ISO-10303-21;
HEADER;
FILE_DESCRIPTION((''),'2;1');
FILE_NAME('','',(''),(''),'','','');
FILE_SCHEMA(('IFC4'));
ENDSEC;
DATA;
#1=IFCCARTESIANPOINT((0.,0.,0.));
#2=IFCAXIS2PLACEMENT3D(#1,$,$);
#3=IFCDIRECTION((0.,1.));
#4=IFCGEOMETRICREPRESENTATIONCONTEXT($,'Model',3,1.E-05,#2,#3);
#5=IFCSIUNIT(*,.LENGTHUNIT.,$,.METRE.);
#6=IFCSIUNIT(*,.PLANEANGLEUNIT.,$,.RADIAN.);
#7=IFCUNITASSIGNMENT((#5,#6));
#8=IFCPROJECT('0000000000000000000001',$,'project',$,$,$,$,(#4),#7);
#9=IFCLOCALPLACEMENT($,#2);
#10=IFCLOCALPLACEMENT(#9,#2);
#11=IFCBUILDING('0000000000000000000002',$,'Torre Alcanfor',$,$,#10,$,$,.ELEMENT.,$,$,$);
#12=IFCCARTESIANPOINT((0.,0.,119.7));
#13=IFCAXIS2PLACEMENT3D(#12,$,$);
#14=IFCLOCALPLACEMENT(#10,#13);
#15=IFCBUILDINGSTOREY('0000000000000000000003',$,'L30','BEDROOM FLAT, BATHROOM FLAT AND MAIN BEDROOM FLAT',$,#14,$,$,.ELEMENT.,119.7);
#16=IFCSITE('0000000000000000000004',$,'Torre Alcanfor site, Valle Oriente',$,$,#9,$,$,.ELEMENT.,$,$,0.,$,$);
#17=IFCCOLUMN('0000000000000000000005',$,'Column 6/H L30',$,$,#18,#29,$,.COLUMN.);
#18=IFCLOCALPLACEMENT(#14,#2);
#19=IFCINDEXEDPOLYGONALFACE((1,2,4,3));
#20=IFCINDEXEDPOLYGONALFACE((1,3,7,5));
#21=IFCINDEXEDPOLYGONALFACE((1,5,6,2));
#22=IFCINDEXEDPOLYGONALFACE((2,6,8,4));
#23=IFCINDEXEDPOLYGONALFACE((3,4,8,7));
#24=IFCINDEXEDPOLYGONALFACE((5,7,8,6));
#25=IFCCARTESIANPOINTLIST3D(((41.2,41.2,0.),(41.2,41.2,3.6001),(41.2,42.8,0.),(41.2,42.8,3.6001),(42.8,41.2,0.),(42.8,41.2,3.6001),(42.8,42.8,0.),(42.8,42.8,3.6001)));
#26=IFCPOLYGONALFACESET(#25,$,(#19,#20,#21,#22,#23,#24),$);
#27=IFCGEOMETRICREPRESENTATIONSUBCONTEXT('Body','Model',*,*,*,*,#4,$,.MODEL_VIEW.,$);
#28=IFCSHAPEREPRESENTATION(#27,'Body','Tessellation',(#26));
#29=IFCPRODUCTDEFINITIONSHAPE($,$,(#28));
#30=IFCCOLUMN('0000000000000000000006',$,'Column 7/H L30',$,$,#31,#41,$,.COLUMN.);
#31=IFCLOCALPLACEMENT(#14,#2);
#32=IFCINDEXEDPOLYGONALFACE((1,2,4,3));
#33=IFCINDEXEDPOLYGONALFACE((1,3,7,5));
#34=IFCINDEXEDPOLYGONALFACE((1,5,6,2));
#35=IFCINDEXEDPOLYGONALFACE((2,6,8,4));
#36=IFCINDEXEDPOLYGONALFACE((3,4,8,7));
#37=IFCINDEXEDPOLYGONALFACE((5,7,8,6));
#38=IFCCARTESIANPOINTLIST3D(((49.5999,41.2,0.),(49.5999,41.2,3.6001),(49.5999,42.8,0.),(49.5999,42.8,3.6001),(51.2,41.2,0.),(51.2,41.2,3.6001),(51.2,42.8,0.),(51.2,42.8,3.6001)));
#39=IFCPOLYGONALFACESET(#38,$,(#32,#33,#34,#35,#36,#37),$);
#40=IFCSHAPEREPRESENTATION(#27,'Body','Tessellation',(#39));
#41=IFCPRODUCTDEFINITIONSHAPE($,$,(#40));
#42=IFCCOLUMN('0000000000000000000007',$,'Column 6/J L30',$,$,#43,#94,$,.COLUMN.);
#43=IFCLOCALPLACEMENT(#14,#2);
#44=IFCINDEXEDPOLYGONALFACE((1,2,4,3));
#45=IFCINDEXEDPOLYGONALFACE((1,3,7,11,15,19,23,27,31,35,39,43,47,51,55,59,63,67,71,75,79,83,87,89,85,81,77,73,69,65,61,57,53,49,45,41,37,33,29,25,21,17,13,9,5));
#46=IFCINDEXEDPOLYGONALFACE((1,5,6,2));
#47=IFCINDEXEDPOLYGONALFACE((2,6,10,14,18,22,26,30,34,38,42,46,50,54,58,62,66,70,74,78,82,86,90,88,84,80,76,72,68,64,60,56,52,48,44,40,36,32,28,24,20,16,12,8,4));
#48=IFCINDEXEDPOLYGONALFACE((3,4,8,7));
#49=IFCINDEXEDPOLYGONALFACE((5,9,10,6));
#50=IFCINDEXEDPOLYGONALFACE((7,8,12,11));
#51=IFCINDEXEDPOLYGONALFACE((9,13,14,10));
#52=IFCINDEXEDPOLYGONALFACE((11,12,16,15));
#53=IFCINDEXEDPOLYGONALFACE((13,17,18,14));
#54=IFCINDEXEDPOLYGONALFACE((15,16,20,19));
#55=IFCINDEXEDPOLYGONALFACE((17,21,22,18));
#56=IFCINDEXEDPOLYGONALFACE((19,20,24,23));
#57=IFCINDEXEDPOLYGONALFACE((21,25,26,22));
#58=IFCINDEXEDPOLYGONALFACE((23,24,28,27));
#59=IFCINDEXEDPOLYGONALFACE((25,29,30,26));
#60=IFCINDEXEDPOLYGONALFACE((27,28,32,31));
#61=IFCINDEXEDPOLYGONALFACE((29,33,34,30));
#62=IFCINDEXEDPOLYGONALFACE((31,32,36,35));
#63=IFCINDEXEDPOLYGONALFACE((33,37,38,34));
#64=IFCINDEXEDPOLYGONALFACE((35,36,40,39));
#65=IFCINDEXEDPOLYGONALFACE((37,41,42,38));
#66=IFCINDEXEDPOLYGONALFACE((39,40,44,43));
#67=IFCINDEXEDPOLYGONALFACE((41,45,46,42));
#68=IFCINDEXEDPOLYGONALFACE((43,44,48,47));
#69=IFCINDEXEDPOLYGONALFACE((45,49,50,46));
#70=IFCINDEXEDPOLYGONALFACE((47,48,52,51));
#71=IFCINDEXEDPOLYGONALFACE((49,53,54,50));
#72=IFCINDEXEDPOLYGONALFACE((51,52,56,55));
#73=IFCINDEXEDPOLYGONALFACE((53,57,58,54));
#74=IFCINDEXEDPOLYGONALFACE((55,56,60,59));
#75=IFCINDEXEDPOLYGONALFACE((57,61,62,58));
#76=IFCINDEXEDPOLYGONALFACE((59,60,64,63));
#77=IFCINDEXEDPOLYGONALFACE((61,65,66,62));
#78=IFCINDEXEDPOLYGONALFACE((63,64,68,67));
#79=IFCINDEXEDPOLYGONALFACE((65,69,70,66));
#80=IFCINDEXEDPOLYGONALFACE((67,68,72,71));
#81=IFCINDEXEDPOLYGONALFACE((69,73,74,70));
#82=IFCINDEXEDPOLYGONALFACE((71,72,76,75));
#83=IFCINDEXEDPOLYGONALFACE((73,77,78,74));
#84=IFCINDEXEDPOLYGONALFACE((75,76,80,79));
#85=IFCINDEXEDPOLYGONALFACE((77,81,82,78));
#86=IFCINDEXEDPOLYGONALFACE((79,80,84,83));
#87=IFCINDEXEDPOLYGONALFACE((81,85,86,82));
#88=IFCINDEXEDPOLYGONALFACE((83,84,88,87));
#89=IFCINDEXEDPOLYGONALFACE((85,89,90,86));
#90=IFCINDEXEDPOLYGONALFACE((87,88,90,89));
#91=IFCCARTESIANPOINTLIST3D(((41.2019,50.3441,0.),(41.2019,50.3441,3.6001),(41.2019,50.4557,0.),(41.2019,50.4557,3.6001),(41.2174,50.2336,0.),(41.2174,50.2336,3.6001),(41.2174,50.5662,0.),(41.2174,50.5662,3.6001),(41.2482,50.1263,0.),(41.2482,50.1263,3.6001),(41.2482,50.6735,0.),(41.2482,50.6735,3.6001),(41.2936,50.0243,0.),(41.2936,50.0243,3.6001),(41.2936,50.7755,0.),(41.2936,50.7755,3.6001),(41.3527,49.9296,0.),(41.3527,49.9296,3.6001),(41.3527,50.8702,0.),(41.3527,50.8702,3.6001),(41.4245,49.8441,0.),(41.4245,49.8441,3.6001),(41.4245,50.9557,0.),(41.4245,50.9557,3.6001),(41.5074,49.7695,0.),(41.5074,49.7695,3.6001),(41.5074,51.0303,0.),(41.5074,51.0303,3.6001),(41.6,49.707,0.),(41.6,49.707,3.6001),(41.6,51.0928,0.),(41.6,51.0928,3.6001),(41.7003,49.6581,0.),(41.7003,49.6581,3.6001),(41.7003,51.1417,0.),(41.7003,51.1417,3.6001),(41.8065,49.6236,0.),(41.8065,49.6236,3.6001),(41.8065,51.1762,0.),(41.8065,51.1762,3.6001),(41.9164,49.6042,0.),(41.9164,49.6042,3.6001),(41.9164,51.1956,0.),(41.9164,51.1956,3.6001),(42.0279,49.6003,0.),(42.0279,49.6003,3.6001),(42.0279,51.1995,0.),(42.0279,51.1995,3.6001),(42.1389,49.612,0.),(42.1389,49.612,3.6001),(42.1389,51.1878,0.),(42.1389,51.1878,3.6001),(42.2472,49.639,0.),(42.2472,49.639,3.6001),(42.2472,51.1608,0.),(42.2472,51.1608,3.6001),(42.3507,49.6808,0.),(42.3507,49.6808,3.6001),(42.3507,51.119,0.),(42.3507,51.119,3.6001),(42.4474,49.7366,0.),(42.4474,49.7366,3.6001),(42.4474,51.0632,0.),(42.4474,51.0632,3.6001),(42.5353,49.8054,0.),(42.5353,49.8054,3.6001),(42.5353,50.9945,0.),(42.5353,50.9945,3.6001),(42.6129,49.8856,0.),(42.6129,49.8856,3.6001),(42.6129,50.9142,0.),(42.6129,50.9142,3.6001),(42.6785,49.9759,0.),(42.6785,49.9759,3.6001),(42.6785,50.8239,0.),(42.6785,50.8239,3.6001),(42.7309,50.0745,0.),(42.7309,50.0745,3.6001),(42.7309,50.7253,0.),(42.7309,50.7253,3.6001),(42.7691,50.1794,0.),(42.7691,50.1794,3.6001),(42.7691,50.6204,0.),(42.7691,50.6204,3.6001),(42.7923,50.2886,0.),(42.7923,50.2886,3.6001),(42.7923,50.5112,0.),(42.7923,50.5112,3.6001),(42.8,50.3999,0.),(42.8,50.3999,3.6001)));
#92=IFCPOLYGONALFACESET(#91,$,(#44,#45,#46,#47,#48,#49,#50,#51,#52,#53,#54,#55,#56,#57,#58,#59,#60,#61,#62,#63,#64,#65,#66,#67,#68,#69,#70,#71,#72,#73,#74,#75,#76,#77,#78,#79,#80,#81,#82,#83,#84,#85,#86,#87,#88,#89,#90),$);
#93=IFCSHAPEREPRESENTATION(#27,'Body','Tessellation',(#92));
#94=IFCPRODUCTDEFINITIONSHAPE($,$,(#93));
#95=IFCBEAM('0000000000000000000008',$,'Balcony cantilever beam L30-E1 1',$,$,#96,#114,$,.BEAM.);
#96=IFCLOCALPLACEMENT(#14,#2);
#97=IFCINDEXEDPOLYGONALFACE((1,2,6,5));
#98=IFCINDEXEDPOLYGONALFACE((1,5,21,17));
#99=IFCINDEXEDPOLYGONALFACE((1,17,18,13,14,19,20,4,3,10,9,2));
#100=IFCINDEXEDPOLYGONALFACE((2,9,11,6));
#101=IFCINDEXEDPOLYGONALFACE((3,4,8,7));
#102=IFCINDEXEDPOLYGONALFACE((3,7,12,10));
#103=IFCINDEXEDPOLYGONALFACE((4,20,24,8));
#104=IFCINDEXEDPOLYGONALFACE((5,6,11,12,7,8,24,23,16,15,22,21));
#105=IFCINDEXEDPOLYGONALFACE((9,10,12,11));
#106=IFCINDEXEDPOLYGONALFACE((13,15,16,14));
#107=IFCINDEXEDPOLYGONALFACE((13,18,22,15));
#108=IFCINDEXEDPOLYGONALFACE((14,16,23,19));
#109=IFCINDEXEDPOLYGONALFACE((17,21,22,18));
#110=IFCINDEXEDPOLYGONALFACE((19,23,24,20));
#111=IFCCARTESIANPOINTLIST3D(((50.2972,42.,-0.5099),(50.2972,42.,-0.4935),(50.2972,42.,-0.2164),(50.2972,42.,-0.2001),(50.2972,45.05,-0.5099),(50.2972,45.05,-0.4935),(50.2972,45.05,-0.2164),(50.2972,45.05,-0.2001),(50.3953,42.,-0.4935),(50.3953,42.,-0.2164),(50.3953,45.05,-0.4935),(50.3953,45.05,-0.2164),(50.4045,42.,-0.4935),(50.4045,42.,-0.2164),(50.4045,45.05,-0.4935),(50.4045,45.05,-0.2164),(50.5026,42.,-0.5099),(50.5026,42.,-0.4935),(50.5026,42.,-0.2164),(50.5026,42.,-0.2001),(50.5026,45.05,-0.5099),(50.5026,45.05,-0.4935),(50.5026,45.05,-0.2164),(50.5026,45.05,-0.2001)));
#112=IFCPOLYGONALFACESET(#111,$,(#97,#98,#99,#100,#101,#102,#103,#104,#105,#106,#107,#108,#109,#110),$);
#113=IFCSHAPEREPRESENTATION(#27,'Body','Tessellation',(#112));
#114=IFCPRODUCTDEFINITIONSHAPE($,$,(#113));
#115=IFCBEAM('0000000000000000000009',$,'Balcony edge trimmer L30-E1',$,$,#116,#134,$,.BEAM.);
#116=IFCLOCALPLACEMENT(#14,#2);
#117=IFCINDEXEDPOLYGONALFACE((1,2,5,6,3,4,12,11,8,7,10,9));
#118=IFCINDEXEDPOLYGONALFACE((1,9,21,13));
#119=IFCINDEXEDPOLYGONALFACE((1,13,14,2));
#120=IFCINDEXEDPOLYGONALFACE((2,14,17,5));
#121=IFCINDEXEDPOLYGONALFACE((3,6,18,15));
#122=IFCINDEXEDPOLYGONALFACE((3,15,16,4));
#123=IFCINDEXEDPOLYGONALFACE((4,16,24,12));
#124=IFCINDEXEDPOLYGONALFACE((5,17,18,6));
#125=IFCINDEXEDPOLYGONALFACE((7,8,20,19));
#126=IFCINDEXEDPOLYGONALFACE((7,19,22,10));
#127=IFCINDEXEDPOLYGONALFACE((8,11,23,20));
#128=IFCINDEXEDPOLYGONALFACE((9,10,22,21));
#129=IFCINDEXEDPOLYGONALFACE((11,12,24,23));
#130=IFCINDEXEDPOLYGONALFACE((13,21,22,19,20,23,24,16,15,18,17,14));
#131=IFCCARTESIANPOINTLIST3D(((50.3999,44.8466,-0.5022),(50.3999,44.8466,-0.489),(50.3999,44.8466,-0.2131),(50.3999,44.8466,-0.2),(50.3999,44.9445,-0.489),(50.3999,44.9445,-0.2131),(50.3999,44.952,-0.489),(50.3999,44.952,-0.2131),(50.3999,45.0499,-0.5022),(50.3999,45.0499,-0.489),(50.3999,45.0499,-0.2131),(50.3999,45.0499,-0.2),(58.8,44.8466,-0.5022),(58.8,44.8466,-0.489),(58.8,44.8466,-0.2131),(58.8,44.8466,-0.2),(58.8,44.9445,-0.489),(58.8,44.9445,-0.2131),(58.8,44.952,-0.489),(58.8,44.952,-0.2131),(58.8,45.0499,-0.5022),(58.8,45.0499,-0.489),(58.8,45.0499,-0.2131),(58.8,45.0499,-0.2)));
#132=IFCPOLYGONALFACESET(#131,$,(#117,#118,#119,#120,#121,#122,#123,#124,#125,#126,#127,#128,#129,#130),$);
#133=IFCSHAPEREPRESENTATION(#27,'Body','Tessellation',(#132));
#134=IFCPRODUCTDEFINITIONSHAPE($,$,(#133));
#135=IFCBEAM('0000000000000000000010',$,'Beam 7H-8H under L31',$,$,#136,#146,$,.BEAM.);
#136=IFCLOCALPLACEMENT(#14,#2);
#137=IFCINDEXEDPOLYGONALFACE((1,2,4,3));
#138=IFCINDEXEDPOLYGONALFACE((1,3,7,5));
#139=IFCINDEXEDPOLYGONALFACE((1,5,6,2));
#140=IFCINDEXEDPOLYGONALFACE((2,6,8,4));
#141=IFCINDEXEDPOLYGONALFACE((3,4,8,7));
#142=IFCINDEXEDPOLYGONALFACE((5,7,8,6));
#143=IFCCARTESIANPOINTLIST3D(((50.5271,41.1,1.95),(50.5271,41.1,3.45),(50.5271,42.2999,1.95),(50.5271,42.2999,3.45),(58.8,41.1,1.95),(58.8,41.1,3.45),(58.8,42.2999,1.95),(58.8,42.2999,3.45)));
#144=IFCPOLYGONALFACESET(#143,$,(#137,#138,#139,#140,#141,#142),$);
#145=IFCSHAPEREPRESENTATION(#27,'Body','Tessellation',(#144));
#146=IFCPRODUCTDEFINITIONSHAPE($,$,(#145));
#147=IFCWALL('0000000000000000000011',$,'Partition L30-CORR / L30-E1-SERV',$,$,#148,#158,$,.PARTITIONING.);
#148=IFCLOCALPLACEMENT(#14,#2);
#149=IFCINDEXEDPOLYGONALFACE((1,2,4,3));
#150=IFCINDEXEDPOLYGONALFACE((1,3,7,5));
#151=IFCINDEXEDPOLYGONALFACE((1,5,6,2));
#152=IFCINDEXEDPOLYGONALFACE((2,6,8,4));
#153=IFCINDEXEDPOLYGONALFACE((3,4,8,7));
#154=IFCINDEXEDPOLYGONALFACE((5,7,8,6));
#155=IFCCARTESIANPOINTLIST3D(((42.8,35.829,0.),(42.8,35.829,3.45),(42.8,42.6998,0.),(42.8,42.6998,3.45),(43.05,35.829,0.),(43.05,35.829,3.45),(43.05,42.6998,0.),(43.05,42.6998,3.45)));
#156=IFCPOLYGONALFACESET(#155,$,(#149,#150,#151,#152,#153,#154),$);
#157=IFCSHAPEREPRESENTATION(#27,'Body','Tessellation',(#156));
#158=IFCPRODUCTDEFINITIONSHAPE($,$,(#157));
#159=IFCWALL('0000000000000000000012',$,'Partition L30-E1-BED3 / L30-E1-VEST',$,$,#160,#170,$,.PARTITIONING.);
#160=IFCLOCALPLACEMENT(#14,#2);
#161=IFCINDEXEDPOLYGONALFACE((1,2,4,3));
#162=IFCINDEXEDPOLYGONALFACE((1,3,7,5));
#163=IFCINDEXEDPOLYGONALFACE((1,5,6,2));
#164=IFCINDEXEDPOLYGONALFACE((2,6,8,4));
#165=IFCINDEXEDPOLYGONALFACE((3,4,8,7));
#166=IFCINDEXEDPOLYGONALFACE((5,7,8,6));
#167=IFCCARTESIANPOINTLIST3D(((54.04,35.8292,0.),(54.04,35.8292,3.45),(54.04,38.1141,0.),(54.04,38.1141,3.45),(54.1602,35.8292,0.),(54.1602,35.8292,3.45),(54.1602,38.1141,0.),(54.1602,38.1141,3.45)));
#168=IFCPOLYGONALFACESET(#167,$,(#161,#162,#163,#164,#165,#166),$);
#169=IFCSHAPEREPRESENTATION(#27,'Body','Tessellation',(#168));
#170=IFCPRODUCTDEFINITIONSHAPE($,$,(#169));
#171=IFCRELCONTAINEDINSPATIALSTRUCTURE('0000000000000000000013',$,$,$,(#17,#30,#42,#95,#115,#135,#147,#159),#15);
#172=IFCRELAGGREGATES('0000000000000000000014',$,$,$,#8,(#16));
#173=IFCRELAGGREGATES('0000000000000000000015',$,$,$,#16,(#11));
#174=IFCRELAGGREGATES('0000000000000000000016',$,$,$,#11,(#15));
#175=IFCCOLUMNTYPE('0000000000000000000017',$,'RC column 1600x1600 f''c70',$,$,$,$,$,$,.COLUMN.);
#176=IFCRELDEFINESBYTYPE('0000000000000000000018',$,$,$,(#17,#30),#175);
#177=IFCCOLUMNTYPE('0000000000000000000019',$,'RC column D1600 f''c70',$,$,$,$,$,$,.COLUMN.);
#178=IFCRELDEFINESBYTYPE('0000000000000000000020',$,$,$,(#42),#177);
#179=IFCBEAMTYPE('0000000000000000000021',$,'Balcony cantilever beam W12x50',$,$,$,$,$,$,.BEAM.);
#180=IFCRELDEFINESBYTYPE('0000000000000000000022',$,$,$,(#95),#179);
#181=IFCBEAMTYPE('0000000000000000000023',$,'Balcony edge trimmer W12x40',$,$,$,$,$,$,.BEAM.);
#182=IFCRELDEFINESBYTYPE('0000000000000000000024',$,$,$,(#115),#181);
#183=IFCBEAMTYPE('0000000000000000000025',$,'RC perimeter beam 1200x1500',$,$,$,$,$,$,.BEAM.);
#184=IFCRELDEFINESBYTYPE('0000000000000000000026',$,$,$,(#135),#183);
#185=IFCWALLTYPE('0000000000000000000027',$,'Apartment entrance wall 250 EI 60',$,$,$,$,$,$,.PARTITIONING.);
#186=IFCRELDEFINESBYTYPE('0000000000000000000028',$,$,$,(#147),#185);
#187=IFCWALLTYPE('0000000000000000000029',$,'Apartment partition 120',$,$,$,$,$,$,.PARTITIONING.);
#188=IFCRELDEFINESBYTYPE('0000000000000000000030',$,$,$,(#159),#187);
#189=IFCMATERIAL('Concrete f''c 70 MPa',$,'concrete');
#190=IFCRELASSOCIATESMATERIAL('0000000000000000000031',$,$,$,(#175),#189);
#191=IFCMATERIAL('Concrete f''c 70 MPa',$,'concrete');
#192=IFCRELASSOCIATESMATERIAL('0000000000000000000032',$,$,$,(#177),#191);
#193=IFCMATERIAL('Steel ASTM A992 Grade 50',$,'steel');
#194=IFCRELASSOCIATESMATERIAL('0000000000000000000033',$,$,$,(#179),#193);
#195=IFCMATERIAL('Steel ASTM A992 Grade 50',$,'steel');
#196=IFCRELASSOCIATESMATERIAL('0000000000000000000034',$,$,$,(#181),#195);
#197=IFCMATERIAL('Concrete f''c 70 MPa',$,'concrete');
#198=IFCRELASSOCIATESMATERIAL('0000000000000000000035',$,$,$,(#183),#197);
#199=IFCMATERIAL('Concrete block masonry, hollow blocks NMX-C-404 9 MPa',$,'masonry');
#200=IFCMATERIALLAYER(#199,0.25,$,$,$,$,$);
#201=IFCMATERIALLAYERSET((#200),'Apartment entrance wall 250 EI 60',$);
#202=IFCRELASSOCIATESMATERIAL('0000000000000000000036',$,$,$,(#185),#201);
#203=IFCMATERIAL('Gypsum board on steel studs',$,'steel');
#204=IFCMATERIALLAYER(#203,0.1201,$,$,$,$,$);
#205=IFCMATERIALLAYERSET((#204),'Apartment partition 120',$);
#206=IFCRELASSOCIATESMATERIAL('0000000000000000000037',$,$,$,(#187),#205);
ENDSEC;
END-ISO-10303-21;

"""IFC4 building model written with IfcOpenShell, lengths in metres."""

from ifc_helpers import new_model, si_unit, direction, frame, frame_2d, origin, origin_2d, place, context, subcontext, project, spatial, rectangle, circle, i_section, extrude, material, layer, layer_set, material_profile, profile_set, type_object, element, save


model = new_model("IFC4")

# Units and contexts
model_context = context("Model", 3, precision=1e-05, world=origin(), true_north=direction((0.0, 1.0)))
body_context = subcontext(model_context, "Body", "Model", "MODEL_VIEW")
ifc_project = project(units=[si_unit("LENGTHUNIT", "METRE"), si_unit("PLANEANGLEUNIT", "RADIAN")], contexts=[model_context])

# Site, building, storey
site_placement = place(None, origin())
site = spatial("IfcSite", under=ifc_project, at=site_placement, Name="Torre Alcanfor site, Valle Oriente", CompositionType="ELEMENT", RefElevation=0.0)
building_placement = place(site_placement, origin())
building = spatial("IfcBuilding", under=site, at=building_placement, Name="Torre Alcanfor", CompositionType="ELEMENT")
storey_placement = place(building_placement, frame((0.0, 0.0, 119.7)))
storey = spatial("IfcBuildingStorey", under=building, at=storey_placement, Name="L30", Description="BEDROOM FLAT, BATHROOM FLAT AND MAIN BEDROOM FLAT", CompositionType="ELEMENT", Elevation=119.7)

# Columns
ifc_material_1 = material(Name="Concrete f'c 70 MPa", Category="concrete")
ifc_material_profile_1 = material_profile(ifc_material_1, rectangle(XDim=1.6001, YDim=1.6001, at=origin_2d()), Name="1600x1600")
ifc_profile_set_1 = profile_set([ifc_material_profile_1], Name="Concrete f'c 70 MPa")
column_type_1 = type_object("IfcColumnType", Name="RC column 1600x1600 f'c70", PredefinedType="COLUMN", material=ifc_profile_set_1)
for number, where, z_axis, x_axis, name in (
    (1, (42.0, 42.0, 0.0), (0.0, 0.0, 1.0), (1.0, 0.0, 0.0), "Column 6/H L30"),
    (2, (50.3999, 42.0, 0.0), (0.0, 0.0, 1.0), (1.0, 0.0, 0.0), "Column 7/H L30"),
):
    element("IfcColumn", number, at=place(storey_placement, frame(where, z_axis=z_axis, x_axis=x_axis)), inside=storey, type_object=column_type_1, Name=name, PredefinedType="COLUMN", context=body_context, shape_type="SweptSolid", body=[
        extrude(rectangle(XDim=1.6001, YDim=1.6001, at=origin_2d()), origin(), (0.0, 0.0, 1.0), 3.6001),
    ])
ifc_material_2 = material(Name="Concrete f'c 70 MPa", Category="concrete")
ifc_material_profile_2 = material_profile(ifc_material_2, circle(Radius=0.8, at=origin_2d()), Name="D1600")
ifc_profile_set_2 = profile_set([ifc_material_profile_2], Name="Concrete f'c 70 MPa")
column_type_2 = type_object("IfcColumnType", Name="RC column D1600 f'c70", PredefinedType="COLUMN", material=ifc_profile_set_2)
column_placement = place(storey_placement, frame((42.0, 50.3999, 0.0), z_axis=(0.0, 0.0, 1.0), x_axis=(1.0, 0.0, 0.0)))
element("IfcColumn", 3, at=column_placement, inside=storey, type_object=column_type_2, Name="Column 6/J L30", PredefinedType="COLUMN", context=body_context, shape_type="SweptSolid", body=[
    extrude(circle(Radius=0.8, at=origin_2d()), origin(), (0.0, 0.0, 1.0), 3.6001),
])

# Beams
ifc_material_3 = material(Name="Steel ASTM A992 Grade 50", Category="steel")
ifc_material_profile_3 = material_profile(ifc_material_3, i_section(OverallWidth=0.2053, OverallDepth=0.3098, WebThickness=0.0093, FlangeThickness=0.0164, at=origin_2d()), Name="W12x50")
ifc_profile_set_3 = profile_set([ifc_material_profile_3], Name="Steel ASTM A992 Grade 50")
beam_type_1 = type_object("IfcBeamType", Name="Balcony cantilever beam W12x50", PredefinedType="BEAM", material=ifc_profile_set_3)
beam_1_placement = place(storey_placement, frame((50.3999, 42.0, -0.355), z_axis=(0.0, 1.0, 0.0), x_axis=(-1.0, 0.0, 0.0)))
element("IfcBeam", 4, at=beam_1_placement, inside=storey, type_object=beam_type_1, Name="Balcony cantilever beam L30-E1 1", PredefinedType="BEAM", context=body_context, shape_type="SweptSolid", body=[
    extrude(i_section(OverallWidth=0.2053, OverallDepth=0.3098, WebThickness=0.0093, FlangeThickness=0.0164, at=origin_2d()), origin(), (0.0, 0.0, 1.0), 3.05),
])
ifc_material_4 = material(Name="Steel ASTM A992 Grade 50", Category="steel")
ifc_material_profile_4 = material_profile(ifc_material_4, i_section(OverallWidth=0.2034, OverallDepth=0.3022, WebThickness=0.0076, FlangeThickness=0.0132, at=origin_2d()), Name="W12x40")
ifc_profile_set_4 = profile_set([ifc_material_profile_4], Name="Steel ASTM A992 Grade 50")
beam_type_2 = type_object("IfcBeamType", Name="Balcony edge trimmer W12x40", PredefinedType="BEAM", material=ifc_profile_set_4)
beam_2_placement = place(storey_placement, frame((50.3999, 44.9482, -0.3511), z_axis=(1.0, 0.0, 0.0), x_axis=(0.0, 1.0, 0.0)))
element("IfcBeam", 5, at=beam_2_placement, inside=storey, type_object=beam_type_2, Name="Balcony edge trimmer L30-E1", PredefinedType="BEAM", context=body_context, shape_type="SweptSolid", body=[
    extrude(i_section(OverallWidth=0.2034, OverallDepth=0.3022, WebThickness=0.0076, FlangeThickness=0.0132, at=origin_2d()), origin(), (0.0, 0.0, 1.0), 8.4001),
])
ifc_material_5 = material(Name="Concrete f'c 70 MPa", Category="concrete")
ifc_material_profile_5 = material_profile(ifc_material_5, rectangle(XDim=1.2, YDim=1.5, at=origin_2d()), Name="1200x1500")
ifc_profile_set_5 = profile_set([ifc_material_profile_5], Name="Concrete f'c 70 MPa")
beam_type_3 = type_object("IfcBeamType", Name="RC perimeter beam 1200x1500", PredefinedType="BEAM", material=ifc_profile_set_5)
beam_3_placement = place(storey_placement, frame((50.5271, 41.7, 2.7), z_axis=(1.0, 0.0, 0.0), x_axis=(0.0, 1.0, 0.0)))
element("IfcBeam", 6, at=beam_3_placement, inside=storey, type_object=beam_type_3, Name="Beam 7H-8H under L31", PredefinedType="BEAM", context=body_context, shape_type="SweptSolid", body=[
    extrude(rectangle(XDim=1.2, YDim=1.5, at=origin_2d()), origin(), (0.0, 0.0, 1.0), 8.2729),
])

# Walls
ifc_material_6 = material(Name="Concrete block masonry, hollow blocks NMX-C-404 9 MPa", Category="masonry")
ifc_layer_1 = layer(ifc_material_6, 0.25)
ifc_layer_set_1 = layer_set([ifc_layer_1], Name="Apartment entrance wall 250 EI 60")
wall_type_1 = type_object("IfcWallType", Name="Apartment entrance wall 250 EI 60", PredefinedType="PARTITIONING", material=ifc_layer_set_1)
wall_1_placement = place(storey_placement, frame((42.925, 42.7, 0.0), z_axis=(0.0, 0.0, 1.0), x_axis=(0.0, -1.0, 0.0)))
element("IfcWall", 7, at=wall_1_placement, inside=storey, type_object=wall_type_1, Name="Partition L30-CORR / L30-E1-SERV", PredefinedType="PARTITIONING", context=body_context, shape_type="SweptSolid", body=[
    extrude(rectangle(XDim=6.8708, YDim=0.25, at=frame_2d((3.4355, 0.0))), origin(), (0.0, 0.0, 1.0), 3.45),
])
ifc_material_7 = material(Name="Gypsum board on steel studs", Category="steel")
ifc_layer_2 = layer(ifc_material_7, 0.1201)
ifc_layer_set_2 = layer_set([ifc_layer_2], Name="Apartment partition 120")
wall_type_2 = type_object("IfcWallType", Name="Apartment partition 120", PredefinedType="PARTITIONING", material=ifc_layer_set_2)
wall_2_placement = place(storey_placement, frame((54.1001, 35.8291, 0.0), z_axis=(0.0, 0.0, 1.0), x_axis=(0.0, 1.0, 0.0)))
element("IfcWall", 8, at=wall_2_placement, inside=storey, type_object=wall_type_2, Name="Partition L30-E1-BED3 / L30-E1-VEST", PredefinedType="PARTITIONING", context=body_context, shape_type="SweptSolid", body=[
    extrude(rectangle(XDim=2.2849, YDim=0.1201, at=frame_2d((1.1426, 0.0))), origin(), (0.0, 0.0, 1.0), 3.45),
])

save(model, "model.ifc")
